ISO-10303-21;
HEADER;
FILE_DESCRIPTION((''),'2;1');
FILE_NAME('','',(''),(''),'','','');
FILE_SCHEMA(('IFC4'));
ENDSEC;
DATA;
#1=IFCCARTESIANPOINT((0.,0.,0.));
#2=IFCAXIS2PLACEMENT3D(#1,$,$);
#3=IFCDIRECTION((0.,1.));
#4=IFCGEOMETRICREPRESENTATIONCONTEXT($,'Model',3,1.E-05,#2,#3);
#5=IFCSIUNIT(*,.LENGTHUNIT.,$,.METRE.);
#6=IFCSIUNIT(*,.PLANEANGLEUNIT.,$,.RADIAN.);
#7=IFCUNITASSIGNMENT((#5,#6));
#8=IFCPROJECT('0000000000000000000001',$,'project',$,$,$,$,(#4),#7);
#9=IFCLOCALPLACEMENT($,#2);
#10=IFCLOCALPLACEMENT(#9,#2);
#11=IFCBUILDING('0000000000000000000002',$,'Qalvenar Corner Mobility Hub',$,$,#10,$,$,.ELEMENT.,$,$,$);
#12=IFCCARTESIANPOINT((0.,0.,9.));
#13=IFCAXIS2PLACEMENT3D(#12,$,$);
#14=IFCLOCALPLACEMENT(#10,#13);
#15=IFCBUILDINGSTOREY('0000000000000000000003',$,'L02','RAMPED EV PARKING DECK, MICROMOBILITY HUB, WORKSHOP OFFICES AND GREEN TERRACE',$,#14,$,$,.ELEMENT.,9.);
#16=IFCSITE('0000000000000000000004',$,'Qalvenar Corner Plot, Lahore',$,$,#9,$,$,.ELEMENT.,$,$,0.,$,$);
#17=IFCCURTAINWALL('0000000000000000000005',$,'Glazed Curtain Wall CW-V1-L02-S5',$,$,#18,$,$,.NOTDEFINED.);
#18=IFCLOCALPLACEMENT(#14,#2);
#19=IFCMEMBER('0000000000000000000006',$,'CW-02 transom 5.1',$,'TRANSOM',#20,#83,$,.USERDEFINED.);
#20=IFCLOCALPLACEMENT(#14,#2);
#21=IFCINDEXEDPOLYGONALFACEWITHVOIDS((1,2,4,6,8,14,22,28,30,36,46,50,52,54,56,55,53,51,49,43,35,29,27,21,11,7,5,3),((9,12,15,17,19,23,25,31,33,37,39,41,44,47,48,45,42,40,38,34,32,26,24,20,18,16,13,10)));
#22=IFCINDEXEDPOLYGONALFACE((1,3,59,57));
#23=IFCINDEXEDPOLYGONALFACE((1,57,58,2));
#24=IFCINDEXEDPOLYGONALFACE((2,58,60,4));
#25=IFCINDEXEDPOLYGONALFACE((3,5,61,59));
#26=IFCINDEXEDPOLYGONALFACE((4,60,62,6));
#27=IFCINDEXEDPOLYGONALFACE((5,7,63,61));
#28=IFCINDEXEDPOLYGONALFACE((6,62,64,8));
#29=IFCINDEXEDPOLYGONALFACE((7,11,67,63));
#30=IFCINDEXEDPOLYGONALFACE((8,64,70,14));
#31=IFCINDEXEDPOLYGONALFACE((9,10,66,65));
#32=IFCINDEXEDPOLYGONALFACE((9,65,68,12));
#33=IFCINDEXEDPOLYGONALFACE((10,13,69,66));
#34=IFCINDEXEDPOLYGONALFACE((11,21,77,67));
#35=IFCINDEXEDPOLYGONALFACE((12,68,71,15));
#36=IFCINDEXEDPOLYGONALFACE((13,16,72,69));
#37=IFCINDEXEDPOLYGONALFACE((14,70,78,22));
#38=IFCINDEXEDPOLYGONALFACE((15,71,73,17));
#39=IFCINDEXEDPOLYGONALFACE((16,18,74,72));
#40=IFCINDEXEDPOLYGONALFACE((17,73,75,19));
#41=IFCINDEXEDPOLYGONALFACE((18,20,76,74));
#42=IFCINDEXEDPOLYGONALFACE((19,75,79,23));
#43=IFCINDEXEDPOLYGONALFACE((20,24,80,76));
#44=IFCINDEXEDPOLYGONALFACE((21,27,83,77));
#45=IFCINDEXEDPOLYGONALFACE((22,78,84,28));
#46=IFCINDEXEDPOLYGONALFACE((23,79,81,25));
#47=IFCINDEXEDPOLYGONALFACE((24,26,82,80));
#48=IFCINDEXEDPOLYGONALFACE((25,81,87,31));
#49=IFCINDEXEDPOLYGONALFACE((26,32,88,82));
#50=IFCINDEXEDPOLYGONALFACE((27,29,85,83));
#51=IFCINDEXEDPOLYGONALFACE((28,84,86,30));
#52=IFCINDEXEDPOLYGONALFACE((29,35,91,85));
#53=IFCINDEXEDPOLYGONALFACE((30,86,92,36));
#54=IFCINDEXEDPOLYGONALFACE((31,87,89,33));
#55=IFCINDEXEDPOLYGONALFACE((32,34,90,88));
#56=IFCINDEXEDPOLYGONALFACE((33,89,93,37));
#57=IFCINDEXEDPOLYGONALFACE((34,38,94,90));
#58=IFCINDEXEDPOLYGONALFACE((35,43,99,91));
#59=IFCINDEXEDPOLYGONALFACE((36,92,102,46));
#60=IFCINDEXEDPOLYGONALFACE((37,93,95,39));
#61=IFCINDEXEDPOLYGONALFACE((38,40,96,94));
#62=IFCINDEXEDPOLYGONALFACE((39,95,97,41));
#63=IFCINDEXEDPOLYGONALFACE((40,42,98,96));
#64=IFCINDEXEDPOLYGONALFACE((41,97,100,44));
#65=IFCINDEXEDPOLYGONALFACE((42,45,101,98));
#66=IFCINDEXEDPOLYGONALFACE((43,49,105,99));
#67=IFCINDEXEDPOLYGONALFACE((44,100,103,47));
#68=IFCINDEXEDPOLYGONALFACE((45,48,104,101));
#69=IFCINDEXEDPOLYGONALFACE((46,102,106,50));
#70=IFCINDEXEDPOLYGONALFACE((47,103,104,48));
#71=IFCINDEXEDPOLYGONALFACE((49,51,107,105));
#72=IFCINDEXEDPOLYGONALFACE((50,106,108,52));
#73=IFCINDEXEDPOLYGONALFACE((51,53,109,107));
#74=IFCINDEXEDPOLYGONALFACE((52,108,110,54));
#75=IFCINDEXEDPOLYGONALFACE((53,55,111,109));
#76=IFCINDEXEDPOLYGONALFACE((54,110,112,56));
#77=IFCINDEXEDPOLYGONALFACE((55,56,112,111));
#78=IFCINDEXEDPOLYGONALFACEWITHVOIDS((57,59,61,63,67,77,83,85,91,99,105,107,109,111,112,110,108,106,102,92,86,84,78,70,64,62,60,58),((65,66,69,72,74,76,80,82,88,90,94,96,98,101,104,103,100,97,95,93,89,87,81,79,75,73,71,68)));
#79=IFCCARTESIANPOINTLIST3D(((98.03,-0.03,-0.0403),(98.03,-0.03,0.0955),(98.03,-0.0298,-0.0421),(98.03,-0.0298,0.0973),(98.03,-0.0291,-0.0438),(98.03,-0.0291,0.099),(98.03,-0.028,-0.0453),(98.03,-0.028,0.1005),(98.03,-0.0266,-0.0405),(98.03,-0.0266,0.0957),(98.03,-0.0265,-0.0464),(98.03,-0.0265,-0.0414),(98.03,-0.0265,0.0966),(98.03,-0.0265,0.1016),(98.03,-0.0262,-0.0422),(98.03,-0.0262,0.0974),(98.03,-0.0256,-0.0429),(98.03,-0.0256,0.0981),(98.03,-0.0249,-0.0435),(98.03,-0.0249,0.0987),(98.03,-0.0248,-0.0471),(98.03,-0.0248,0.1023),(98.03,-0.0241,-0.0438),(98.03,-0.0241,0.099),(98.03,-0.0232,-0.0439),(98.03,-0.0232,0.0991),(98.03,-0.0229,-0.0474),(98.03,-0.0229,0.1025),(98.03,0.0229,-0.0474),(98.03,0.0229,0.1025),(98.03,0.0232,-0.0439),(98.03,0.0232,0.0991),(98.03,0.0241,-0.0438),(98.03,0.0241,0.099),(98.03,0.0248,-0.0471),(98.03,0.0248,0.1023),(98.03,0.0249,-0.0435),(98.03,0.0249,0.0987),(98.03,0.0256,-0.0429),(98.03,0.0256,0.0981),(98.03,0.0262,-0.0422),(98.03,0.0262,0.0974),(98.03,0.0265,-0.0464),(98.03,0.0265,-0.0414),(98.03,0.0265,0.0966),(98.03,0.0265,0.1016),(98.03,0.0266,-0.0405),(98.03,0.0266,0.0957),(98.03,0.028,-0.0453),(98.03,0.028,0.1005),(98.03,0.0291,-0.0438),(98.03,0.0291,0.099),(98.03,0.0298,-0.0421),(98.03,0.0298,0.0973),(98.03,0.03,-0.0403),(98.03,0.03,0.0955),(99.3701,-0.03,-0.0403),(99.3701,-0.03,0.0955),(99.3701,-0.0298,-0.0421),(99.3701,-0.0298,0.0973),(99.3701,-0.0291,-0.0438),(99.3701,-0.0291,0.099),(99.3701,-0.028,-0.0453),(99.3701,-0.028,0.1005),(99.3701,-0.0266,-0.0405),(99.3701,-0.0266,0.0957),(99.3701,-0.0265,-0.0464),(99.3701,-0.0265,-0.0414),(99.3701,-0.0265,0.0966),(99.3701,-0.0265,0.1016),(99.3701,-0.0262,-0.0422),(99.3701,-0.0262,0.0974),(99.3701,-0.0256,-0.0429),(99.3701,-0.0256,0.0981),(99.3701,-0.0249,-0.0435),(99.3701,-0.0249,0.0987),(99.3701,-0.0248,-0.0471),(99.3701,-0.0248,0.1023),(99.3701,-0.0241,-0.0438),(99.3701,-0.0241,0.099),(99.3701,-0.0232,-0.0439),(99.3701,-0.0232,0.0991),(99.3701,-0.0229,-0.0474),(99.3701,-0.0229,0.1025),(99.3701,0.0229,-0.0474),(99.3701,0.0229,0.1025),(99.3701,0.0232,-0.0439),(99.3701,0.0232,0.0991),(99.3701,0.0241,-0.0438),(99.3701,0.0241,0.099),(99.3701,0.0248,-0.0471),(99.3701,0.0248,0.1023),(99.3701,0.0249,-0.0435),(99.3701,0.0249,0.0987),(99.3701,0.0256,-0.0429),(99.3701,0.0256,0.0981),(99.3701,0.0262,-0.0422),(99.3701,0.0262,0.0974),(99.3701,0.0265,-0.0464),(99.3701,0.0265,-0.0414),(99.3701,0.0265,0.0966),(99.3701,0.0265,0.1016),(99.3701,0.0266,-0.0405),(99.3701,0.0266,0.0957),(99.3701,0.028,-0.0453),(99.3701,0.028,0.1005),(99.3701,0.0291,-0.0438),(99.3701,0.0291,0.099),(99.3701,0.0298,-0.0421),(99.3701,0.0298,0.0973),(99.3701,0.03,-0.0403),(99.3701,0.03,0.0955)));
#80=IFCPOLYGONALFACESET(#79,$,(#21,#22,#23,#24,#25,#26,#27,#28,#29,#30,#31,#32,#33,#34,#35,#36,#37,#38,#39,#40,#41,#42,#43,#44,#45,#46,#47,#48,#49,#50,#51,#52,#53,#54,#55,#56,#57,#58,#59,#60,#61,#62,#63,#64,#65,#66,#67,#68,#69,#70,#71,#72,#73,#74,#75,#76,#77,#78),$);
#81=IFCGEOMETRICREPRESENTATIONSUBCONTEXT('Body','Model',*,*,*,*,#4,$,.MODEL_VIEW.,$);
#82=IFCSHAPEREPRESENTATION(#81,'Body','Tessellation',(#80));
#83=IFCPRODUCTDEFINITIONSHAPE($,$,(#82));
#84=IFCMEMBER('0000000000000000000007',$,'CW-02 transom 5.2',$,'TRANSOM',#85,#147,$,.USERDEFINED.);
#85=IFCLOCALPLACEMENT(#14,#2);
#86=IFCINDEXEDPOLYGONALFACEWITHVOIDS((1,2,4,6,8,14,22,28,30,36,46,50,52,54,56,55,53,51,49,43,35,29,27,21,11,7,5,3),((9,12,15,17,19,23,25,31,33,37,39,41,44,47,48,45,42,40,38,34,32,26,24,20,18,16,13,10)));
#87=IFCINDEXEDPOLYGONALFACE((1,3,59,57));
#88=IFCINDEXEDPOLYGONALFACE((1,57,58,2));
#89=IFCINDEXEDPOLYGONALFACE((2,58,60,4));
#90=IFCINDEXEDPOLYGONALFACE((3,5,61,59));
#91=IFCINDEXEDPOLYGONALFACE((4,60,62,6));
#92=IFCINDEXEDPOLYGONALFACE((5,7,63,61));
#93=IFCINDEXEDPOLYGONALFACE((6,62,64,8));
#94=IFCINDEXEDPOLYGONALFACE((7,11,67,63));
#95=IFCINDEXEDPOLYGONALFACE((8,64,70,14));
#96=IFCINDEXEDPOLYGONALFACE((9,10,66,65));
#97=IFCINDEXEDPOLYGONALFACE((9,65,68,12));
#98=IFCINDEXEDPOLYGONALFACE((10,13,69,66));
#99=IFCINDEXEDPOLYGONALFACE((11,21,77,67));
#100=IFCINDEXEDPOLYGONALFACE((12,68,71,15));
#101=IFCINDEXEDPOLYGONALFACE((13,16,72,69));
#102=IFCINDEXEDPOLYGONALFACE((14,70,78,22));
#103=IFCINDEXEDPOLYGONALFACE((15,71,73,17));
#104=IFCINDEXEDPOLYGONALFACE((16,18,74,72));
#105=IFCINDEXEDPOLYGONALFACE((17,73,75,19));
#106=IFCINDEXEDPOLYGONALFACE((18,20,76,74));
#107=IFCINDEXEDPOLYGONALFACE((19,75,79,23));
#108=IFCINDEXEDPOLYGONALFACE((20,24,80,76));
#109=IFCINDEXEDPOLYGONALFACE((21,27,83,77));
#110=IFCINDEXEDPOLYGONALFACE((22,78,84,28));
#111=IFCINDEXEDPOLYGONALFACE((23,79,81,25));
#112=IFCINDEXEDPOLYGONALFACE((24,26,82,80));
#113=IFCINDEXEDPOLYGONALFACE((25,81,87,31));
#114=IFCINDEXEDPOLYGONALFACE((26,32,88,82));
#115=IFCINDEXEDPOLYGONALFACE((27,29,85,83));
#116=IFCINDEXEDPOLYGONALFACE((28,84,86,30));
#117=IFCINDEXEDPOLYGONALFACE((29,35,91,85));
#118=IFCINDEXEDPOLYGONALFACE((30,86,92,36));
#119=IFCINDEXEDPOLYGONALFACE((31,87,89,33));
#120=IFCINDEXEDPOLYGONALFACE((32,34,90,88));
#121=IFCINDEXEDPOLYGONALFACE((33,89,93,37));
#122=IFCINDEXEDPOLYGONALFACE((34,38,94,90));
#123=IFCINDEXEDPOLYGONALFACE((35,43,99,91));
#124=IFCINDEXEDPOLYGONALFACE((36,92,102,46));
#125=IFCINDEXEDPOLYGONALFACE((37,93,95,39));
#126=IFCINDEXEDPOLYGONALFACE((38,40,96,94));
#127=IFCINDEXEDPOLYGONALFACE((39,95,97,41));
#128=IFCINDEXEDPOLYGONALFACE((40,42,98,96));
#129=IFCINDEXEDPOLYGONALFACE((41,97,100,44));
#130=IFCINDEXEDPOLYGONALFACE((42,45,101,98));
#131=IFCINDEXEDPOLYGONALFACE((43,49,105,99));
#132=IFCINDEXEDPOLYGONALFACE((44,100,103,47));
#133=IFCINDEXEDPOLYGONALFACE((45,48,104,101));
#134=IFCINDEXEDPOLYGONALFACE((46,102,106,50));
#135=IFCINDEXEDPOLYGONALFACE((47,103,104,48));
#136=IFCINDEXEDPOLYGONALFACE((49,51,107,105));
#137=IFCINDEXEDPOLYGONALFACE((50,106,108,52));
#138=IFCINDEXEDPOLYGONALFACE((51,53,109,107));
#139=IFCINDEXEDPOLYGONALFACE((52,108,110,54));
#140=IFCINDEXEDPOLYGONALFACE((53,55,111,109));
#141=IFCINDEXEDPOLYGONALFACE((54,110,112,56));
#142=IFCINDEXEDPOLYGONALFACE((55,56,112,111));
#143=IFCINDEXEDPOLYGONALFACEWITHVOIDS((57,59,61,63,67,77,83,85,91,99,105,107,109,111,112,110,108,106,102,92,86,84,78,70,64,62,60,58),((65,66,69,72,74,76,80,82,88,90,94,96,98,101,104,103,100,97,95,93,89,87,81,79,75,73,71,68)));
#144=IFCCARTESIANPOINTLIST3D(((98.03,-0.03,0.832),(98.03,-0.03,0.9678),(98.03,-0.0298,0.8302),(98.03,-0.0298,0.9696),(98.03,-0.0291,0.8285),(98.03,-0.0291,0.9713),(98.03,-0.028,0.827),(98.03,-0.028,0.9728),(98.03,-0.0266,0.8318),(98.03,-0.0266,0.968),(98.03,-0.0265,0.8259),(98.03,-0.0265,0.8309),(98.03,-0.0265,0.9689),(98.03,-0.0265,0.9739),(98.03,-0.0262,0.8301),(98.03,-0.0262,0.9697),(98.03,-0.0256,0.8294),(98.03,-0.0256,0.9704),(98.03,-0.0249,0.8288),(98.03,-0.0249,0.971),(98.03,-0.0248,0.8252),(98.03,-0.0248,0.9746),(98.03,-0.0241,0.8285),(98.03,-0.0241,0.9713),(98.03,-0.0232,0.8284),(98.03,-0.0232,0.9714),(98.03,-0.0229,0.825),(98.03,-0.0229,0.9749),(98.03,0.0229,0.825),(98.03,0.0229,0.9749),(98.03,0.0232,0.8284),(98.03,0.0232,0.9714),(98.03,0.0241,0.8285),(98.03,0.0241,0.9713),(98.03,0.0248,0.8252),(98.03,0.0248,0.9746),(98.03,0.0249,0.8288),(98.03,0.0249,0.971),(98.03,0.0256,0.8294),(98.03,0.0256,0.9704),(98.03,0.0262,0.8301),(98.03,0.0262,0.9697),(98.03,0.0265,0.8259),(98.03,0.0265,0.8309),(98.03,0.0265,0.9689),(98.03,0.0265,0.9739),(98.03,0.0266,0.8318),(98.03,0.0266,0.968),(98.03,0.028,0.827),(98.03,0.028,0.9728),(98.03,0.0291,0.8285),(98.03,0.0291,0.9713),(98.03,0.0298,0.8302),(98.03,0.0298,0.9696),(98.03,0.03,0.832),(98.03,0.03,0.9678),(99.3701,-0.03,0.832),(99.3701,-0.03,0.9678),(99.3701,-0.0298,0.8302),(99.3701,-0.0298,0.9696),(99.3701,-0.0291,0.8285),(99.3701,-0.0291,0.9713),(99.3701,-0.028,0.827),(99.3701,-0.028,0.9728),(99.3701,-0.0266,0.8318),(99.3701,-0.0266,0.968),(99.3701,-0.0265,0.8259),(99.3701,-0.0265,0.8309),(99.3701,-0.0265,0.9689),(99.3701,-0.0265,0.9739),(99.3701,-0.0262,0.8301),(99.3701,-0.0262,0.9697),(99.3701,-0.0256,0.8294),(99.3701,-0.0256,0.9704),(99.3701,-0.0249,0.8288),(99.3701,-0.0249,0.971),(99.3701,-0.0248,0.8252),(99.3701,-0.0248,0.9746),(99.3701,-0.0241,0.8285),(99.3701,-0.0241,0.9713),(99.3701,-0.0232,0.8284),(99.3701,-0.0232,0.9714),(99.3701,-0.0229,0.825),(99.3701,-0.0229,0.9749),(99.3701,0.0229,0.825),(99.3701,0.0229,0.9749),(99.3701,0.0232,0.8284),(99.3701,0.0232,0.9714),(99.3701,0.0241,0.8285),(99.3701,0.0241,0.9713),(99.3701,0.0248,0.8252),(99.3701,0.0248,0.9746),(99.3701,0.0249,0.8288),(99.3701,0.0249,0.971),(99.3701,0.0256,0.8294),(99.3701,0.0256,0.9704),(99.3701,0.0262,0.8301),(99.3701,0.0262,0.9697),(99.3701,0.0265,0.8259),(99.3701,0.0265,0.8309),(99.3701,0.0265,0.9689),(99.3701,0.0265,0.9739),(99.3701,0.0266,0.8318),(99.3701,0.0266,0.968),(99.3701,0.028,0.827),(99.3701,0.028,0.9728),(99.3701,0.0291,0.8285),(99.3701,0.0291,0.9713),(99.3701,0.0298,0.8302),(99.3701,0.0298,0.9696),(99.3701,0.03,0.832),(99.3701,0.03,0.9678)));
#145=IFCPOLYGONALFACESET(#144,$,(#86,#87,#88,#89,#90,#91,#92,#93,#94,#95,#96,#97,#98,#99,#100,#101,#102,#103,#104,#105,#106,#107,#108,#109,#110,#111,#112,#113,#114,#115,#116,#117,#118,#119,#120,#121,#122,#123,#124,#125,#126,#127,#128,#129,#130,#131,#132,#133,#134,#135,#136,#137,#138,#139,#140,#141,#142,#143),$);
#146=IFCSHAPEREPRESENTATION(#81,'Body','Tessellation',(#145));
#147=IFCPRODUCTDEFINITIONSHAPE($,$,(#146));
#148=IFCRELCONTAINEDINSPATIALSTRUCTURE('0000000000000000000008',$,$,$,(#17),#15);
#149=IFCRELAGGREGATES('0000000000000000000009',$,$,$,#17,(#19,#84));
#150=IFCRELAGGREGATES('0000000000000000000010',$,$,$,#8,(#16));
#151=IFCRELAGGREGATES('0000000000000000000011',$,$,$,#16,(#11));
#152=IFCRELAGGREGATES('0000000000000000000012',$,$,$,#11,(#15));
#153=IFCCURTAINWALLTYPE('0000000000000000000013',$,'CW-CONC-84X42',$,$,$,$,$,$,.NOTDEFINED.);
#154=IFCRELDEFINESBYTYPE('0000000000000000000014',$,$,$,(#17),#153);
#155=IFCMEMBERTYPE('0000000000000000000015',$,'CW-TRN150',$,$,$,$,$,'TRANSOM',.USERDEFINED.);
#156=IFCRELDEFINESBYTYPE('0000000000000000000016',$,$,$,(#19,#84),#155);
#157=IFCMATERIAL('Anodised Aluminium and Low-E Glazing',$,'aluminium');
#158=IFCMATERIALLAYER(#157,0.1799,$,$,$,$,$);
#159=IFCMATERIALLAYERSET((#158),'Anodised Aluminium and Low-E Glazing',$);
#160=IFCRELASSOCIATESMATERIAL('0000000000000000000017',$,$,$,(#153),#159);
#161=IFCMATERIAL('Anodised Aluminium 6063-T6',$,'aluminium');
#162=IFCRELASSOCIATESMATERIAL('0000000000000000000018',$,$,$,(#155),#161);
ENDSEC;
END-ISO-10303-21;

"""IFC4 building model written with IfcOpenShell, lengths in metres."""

from ifc_helpers import new_model, si_unit, direction, frame, origin, origin_2d, place, context, subcontext, project, spatial, hollow_rectangle, extrude, material, layer, layer_set, material_profile, profile_set, type_object, element, aggregate, save


model = new_model("IFC4")

# Units and contexts
model_context = context("Model", 3, precision=1e-05, world=origin(), true_north=direction((0.0, 1.0)))
body_context = subcontext(model_context, "Body", "Model", "MODEL_VIEW")
ifc_project = project(units=[si_unit("LENGTHUNIT", "METRE"), si_unit("PLANEANGLEUNIT", "RADIAN")], contexts=[model_context])

# Site, building, storey
site_placement = place(None, origin())
site = spatial("IfcSite", under=ifc_project, at=site_placement, Name="Qalvenar Corner Plot, Lahore", CompositionType="ELEMENT", RefElevation=0.0)
building_placement = place(site_placement, origin())
building = spatial("IfcBuilding", under=site, at=building_placement, Name="Qalvenar Corner Mobility Hub", CompositionType="ELEMENT")
storey_placement = place(building_placement, frame((0.0, 0.0, 9.0)))
storey = spatial("IfcBuildingStorey", under=building, at=storey_placement, Name="L02", Description="RAMPED EV PARKING DECK, MICROMOBILITY HUB, WORKSHOP OFFICES AND GREEN TERRACE", CompositionType="ELEMENT", Elevation=9.0)

# Curtain wall
ifc_material_1 = material(Name="Anodised Aluminium and Low-E Glazing", Category="aluminium")
ifc_layer_1 = layer(ifc_material_1, 0.1799)
ifc_layer_set_1 = layer_set([ifc_layer_1], Name="Anodised Aluminium and Low-E Glazing")
curtain_wall_type = type_object("IfcCurtainWallType", Name="CW-CONC-84X42", PredefinedType="NOTDEFINED", material=ifc_layer_set_1)
curtain_wall_1_placement = place(storey_placement, origin())
curtain_wall_1 = element("IfcCurtainWall", 1, at=curtain_wall_1_placement, inside=storey, type_object=curtain_wall_type, Name="Glazed Curtain Wall CW-V1-L02-S5", PredefinedType="NOTDEFINED")
ifc_material_2 = material(Name="Anodised Aluminium 6063-T6", Category="aluminium")

# Members
ifc_material_profile_1 = material_profile(ifc_material_2, hollow_rectangle(XDim=0.0601, YDim=0.1499, WallThickness=0.0034, InnerFilletRadius=0.0034, OuterFilletRadius=0.0071, at=origin_2d()), Name="RHS150x60x3.5")
ifc_profile_set_1 = profile_set([ifc_material_profile_1], Name="Anodised Aluminium 6063-T6")
member_type_1 = type_object("IfcMemberType", Name="CW-TRN150", ElementType="TRANSOM", PredefinedType="USERDEFINED", material=ifc_profile_set_1)
member_1_placement = place(storey_placement, frame((98.03, 0.0, 0.0276), z_axis=(1.0, 0.0, 0.0), x_axis=(0.0, 1.0, 0.0)))
member_1 = element("IfcMember", 2, at=member_1_placement, type_object=member_type_1, Name="CW-02 transom 5.1", ObjectType="TRANSOM", PredefinedType="USERDEFINED", context=body_context, shape_type="SweptSolid", body=[
    extrude(hollow_rectangle(XDim=0.0601, YDim=0.1499, WallThickness=0.0034, InnerFilletRadius=0.0034, OuterFilletRadius=0.0071, at=origin_2d()), origin(), (0.0, 0.0, 1.0), 1.3401),
])
member_2_placement = place(storey_placement, frame((98.03, 0.0, 0.8999), z_axis=(1.0, 0.0, 0.0), x_axis=(0.0, 1.0, 0.0)))
member_2 = element("IfcMember", 3, at=member_2_placement, type_object=member_type_1, Name="CW-02 transom 5.2", ObjectType="TRANSOM", PredefinedType="USERDEFINED", context=body_context, shape_type="SweptSolid", body=[
    extrude(hollow_rectangle(XDim=0.0601, YDim=0.1499, WallThickness=0.0034, InnerFilletRadius=0.0034, OuterFilletRadius=0.0071, at=origin_2d()), origin(), (0.0, 0.0, 1.0), 1.3401),
])

aggregate(curtain_wall_1, [member_1, member_2])

save(model, "model.ifc")
